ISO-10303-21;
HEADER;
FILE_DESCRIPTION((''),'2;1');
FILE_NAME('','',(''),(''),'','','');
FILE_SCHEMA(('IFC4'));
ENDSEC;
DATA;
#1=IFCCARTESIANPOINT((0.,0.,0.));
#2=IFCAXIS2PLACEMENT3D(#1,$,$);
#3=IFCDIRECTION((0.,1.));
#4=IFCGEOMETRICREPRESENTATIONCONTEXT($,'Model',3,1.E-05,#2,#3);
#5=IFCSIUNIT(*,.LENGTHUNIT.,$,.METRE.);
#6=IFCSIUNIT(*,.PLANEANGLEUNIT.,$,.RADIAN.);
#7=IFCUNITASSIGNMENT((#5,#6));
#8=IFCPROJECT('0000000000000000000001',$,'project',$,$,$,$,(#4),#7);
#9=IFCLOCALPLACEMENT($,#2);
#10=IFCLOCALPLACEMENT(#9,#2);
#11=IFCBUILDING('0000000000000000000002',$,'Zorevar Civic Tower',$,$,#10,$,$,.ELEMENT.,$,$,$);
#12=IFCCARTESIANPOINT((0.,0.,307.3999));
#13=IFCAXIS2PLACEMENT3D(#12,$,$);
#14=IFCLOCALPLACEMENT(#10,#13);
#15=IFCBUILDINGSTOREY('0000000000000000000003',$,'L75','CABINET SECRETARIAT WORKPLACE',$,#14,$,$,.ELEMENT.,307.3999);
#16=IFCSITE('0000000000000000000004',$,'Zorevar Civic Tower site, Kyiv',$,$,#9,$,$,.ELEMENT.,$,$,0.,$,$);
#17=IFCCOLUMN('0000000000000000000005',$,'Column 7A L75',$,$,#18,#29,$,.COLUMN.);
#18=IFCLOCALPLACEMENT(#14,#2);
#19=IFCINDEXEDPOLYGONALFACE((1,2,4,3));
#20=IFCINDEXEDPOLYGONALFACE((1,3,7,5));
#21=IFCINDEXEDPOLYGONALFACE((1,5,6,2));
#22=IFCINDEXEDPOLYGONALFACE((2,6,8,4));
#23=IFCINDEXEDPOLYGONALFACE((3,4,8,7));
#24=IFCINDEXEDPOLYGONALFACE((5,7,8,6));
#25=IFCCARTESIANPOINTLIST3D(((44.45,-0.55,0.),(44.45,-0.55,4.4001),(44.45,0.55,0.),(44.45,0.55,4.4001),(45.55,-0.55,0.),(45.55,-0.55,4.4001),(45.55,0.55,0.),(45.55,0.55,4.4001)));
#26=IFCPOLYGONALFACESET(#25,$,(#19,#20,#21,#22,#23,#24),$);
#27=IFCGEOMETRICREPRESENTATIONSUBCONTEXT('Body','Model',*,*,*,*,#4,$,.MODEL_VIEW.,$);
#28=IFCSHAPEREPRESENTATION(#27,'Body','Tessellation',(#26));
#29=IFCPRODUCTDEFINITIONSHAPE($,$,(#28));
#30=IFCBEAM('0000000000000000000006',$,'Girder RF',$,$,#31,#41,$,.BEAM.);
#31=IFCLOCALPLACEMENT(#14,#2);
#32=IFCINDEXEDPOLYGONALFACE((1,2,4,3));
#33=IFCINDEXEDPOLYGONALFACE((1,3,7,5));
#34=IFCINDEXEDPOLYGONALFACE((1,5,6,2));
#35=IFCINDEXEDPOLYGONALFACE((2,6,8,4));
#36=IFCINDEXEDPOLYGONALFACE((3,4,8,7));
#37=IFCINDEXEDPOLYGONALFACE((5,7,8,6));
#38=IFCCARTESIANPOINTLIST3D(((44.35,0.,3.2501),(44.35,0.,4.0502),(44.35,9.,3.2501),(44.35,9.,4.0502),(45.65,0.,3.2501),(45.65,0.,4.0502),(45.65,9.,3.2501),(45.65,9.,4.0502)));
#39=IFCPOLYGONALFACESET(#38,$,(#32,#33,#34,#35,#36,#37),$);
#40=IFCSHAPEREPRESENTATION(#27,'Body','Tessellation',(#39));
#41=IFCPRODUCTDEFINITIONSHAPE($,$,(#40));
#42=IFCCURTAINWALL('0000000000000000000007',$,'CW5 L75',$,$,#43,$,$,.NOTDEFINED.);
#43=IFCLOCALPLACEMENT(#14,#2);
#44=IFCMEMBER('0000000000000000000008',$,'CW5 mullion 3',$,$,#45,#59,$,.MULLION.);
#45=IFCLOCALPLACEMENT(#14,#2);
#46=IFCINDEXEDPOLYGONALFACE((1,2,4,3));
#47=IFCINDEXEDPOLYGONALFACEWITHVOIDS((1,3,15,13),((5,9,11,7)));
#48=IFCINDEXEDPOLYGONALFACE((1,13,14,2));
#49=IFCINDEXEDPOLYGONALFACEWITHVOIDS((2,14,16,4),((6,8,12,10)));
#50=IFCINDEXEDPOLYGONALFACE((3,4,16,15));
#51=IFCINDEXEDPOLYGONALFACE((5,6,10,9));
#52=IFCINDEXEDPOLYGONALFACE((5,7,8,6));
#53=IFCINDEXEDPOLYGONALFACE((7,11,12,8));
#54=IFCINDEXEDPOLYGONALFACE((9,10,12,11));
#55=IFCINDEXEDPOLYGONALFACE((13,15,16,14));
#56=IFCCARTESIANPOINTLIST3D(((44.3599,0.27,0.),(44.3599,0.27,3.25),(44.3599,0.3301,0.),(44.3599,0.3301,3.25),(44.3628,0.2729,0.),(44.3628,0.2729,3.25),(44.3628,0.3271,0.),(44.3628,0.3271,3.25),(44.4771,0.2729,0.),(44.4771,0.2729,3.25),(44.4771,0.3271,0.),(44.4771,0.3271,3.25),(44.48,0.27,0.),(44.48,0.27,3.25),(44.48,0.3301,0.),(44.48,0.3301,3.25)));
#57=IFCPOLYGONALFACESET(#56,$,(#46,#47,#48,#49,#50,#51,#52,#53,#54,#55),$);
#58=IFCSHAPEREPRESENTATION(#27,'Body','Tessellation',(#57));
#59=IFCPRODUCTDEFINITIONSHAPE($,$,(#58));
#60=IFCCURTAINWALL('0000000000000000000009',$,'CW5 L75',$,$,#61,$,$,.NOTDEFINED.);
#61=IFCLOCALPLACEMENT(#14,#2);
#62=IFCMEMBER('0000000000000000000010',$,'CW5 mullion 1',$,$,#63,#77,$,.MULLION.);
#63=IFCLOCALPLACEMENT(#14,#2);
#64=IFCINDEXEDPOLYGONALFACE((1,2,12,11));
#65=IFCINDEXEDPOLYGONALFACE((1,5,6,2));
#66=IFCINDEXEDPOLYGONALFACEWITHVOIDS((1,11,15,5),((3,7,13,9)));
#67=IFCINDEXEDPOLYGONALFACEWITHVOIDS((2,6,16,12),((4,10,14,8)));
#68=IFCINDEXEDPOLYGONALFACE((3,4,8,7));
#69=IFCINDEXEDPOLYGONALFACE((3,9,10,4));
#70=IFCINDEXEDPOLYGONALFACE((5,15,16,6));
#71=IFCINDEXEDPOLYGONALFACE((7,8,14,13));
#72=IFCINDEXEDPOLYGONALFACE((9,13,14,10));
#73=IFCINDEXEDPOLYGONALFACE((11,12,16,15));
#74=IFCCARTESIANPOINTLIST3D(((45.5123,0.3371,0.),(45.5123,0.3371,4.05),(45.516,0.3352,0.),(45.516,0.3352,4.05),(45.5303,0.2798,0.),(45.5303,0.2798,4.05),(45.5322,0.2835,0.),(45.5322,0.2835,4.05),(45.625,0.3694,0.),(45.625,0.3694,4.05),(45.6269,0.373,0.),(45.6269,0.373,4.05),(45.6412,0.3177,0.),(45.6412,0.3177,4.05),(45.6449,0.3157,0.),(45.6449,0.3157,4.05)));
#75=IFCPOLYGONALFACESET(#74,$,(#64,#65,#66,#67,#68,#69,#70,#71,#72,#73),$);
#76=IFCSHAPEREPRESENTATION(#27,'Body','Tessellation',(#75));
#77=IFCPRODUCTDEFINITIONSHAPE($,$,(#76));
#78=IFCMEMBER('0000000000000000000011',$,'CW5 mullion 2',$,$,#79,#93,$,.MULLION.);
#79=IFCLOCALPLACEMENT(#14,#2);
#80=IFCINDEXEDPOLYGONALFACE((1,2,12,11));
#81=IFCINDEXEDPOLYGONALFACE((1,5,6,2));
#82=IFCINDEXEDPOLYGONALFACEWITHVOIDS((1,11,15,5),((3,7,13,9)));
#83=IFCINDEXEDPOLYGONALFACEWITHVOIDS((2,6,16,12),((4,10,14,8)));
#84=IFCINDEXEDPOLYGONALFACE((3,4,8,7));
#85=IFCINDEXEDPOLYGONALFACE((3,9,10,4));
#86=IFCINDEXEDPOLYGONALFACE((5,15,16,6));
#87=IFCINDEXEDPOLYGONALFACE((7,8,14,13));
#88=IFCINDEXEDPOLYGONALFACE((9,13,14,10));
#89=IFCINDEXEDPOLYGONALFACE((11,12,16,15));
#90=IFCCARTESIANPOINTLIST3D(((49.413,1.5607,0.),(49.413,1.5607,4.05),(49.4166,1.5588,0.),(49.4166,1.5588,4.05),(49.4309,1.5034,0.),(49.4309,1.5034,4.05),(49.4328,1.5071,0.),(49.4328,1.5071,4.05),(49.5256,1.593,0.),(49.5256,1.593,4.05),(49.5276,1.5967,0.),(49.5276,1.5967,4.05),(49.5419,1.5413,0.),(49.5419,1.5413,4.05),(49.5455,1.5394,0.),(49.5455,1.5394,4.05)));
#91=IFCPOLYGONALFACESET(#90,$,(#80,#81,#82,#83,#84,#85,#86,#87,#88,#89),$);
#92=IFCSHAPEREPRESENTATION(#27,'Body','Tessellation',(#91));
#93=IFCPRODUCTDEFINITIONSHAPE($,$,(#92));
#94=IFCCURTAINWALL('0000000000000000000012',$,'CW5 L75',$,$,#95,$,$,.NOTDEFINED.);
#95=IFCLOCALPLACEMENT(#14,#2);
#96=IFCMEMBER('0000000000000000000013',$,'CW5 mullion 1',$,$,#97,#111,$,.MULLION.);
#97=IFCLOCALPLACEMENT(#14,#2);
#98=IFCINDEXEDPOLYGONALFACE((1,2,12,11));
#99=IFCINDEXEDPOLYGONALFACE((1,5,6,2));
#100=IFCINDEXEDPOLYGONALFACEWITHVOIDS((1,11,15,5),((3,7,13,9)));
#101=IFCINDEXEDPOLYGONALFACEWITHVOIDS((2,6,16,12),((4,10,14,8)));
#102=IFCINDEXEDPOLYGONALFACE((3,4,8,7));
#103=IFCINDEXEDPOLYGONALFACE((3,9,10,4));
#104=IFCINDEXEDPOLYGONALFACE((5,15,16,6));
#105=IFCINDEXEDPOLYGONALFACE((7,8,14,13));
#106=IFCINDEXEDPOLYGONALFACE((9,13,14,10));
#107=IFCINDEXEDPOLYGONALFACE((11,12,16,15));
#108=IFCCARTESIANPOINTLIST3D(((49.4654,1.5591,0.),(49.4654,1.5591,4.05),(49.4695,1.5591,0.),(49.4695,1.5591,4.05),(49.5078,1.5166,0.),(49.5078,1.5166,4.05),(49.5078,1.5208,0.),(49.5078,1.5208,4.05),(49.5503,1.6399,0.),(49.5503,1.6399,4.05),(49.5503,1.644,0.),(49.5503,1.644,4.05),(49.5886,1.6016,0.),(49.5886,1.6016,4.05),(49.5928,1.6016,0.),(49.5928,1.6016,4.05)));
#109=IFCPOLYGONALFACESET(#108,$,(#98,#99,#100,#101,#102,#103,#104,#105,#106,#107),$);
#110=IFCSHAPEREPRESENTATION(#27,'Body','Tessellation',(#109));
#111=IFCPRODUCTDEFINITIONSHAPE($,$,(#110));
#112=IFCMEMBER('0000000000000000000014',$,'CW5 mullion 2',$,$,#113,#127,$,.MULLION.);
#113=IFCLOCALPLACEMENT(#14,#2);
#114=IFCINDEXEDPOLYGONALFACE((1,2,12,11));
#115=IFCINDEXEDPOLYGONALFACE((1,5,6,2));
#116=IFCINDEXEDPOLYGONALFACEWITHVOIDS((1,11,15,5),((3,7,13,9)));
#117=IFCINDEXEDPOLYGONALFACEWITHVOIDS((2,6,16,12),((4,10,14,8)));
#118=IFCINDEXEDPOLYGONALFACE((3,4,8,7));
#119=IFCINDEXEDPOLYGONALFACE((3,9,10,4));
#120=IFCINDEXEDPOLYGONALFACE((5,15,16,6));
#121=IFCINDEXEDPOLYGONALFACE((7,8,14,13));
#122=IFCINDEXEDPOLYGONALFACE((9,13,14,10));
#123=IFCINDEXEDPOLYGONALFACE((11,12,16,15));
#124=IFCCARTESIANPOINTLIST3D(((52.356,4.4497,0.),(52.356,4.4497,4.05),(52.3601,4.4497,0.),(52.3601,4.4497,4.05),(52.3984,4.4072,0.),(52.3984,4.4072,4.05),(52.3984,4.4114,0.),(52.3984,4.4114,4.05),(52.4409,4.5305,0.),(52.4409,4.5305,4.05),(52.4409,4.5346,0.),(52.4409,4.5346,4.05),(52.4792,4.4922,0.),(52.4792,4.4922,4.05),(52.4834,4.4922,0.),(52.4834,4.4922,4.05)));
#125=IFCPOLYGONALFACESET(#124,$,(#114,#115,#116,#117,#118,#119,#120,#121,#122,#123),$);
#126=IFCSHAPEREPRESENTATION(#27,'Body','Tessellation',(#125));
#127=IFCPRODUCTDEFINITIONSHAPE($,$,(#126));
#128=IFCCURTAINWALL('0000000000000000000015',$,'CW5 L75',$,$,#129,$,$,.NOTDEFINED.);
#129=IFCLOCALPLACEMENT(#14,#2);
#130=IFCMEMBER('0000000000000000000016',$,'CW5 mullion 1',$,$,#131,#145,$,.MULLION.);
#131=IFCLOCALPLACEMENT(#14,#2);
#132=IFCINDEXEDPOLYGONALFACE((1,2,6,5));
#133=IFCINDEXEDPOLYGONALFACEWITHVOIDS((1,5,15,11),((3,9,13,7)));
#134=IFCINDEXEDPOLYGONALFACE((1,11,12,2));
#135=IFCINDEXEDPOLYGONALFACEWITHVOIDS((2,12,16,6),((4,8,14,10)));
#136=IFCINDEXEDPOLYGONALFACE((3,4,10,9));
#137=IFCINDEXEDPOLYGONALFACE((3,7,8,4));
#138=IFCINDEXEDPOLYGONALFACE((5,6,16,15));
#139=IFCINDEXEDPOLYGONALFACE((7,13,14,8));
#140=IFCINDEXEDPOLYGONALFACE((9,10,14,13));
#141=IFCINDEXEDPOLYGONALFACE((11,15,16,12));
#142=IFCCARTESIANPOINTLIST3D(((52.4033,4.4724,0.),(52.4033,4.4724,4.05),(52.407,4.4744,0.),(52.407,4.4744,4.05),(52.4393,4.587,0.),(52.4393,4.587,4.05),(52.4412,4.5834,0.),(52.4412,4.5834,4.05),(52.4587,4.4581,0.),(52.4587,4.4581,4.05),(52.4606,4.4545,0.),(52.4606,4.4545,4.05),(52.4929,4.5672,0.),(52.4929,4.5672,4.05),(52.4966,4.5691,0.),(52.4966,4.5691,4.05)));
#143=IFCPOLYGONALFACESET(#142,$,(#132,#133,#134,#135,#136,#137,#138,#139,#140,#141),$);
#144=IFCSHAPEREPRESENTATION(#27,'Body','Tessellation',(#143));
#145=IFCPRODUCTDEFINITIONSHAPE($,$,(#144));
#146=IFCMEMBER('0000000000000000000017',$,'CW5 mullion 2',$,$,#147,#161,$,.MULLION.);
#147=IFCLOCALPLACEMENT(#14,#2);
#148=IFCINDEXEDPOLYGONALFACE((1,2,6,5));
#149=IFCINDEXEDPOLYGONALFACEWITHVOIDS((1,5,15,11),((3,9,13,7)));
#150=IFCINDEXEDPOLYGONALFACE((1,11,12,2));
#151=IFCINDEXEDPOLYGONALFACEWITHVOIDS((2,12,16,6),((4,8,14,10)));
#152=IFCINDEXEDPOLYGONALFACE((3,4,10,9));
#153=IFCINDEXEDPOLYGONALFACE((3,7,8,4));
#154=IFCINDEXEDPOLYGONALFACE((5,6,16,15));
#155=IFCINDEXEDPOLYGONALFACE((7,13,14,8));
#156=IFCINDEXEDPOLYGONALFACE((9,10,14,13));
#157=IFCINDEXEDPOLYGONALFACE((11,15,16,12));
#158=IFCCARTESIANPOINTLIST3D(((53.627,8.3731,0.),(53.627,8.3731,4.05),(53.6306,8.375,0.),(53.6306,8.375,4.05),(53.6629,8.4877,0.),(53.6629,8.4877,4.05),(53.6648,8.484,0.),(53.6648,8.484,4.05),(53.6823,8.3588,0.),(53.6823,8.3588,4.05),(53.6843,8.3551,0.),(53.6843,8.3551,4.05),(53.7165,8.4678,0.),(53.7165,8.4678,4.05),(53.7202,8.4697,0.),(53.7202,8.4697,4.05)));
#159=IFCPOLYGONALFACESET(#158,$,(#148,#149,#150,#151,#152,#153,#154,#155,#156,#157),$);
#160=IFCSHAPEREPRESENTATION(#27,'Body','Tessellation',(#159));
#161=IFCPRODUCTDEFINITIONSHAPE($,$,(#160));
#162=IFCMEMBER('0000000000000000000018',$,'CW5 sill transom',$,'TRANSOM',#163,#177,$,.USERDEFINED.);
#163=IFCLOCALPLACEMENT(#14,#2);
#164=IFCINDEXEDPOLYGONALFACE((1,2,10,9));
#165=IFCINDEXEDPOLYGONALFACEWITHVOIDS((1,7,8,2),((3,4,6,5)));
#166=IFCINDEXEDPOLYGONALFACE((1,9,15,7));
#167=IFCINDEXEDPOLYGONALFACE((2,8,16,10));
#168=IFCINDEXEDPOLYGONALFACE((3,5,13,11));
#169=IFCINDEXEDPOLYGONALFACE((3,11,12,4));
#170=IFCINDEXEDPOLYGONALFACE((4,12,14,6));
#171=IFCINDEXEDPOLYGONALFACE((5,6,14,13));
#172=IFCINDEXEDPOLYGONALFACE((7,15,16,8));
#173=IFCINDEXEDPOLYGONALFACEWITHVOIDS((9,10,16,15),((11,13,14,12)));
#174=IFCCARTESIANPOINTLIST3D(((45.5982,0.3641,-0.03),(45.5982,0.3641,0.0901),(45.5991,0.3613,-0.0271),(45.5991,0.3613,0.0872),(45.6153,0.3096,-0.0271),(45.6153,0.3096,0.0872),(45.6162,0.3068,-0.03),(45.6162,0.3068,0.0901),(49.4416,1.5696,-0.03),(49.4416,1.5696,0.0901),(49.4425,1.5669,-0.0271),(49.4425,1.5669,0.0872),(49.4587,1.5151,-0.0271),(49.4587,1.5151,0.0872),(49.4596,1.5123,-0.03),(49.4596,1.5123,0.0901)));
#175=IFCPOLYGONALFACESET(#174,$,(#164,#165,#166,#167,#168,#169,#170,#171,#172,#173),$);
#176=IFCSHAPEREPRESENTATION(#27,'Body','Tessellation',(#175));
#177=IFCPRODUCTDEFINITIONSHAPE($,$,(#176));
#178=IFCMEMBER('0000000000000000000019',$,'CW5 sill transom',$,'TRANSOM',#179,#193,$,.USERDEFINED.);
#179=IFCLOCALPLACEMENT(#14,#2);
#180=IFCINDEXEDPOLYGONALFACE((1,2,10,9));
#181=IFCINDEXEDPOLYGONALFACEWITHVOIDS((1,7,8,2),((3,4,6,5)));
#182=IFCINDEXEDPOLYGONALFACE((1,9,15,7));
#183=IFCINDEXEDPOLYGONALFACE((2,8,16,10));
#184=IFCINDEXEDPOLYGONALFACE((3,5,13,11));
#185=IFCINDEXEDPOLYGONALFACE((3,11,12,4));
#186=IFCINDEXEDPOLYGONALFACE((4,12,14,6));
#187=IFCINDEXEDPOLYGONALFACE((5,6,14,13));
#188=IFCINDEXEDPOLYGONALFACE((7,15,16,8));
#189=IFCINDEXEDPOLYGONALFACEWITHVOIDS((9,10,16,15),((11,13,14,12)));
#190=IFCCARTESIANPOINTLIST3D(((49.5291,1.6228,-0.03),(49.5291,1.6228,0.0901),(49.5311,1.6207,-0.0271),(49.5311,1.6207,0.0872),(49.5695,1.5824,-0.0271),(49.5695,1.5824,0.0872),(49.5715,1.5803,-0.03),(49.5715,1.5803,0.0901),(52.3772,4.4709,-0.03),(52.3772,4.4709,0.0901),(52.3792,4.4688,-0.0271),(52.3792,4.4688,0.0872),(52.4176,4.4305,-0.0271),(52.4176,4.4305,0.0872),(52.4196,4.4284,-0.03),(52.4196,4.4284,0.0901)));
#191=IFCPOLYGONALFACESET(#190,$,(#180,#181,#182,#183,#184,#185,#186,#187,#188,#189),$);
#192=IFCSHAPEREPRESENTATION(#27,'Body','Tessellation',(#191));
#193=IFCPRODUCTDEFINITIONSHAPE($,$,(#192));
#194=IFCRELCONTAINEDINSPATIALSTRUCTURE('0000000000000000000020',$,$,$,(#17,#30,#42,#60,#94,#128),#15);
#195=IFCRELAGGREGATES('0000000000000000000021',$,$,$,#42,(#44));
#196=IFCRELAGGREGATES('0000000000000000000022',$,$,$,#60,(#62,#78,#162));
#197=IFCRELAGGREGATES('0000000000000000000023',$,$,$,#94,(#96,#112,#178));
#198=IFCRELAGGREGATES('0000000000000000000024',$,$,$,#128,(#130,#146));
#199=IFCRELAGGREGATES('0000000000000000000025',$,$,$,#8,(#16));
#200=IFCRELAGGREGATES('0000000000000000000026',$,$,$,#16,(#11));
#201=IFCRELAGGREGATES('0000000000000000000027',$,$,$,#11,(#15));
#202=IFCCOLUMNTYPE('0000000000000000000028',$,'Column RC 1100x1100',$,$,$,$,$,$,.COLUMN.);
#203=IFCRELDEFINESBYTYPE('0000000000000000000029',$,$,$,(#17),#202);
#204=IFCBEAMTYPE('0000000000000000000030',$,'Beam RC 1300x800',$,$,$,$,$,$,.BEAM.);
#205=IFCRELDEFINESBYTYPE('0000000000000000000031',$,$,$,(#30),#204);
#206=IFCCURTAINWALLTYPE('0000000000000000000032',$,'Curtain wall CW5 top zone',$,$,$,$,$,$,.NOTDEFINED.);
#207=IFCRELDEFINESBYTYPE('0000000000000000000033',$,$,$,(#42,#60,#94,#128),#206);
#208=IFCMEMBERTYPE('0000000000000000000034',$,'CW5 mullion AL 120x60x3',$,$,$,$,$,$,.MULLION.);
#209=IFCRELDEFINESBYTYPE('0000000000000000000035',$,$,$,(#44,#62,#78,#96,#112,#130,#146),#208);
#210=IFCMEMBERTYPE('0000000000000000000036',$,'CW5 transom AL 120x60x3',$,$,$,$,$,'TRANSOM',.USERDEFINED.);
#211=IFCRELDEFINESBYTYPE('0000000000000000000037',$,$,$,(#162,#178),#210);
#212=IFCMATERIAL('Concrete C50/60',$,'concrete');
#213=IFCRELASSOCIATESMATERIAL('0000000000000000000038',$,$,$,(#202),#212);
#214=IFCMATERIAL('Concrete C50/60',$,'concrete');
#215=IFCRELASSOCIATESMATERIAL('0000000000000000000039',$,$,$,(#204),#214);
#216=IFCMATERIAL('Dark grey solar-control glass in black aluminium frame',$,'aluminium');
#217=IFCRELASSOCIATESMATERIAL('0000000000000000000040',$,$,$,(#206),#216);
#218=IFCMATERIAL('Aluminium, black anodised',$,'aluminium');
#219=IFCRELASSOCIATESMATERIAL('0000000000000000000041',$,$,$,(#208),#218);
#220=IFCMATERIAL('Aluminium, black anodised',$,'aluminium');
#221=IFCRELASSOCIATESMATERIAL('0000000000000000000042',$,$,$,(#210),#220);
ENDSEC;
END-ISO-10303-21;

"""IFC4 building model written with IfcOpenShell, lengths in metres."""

from ifc_helpers import new_model, si_unit, direction, frame, origin, origin_2d, place, context, subcontext, project, spatial, rectangle, hollow_rectangle, extrude, material, material_profile, profile_set, type_object, element, aggregate, save


model = new_model("IFC4")

# Units and contexts
model_context = context("Model", 3, precision=1e-05, world=origin(), true_north=direction((0.0, 1.0)))
body_context = subcontext(model_context, "Body", "Model", "MODEL_VIEW")
ifc_project = project(units=[si_unit("LENGTHUNIT", "METRE"), si_unit("PLANEANGLEUNIT", "RADIAN")], contexts=[model_context])

# Site, building, storey
site_placement = place(None, origin())
site = spatial("IfcSite", under=ifc_project, at=site_placement, Name="Zorevar Civic Tower site, Kyiv", CompositionType="ELEMENT", RefElevation=0.0)
building_placement = place(site_placement, origin())
building = spatial("IfcBuilding", under=site, at=building_placement, Name="Zorevar Civic Tower", CompositionType="ELEMENT")
storey_placement = place(building_placement, frame((0.0, 0.0, 307.3999)))
storey = spatial("IfcBuildingStorey", under=building, at=storey_placement, Name="L75", Description="CABINET SECRETARIAT WORKPLACE", CompositionType="ELEMENT", Elevation=307.3999)

# Column
ifc_material_1 = material(Name="Concrete C50/60", Category="concrete")
ifc_material_profile_1 = material_profile(ifc_material_1, rectangle(XDim=1.1001, YDim=1.1001, at=origin_2d()), Name="RC 1100x1100")
ifc_profile_set_1 = profile_set([ifc_material_profile_1], Name="Concrete C50/60")
column_type = type_object("IfcColumnType", Name="Column RC 1100x1100", PredefinedType="COLUMN", material=ifc_profile_set_1)
column_placement = place(storey_placement, frame((45.0, 0.0, 0.0), z_axis=(0.0, 0.0, 1.0), x_axis=(1.0, 0.0, 0.0)))
element("IfcColumn", 1, at=column_placement, inside=storey, type_object=column_type, Name="Column 7A L75", PredefinedType="COLUMN", context=body_context, shape_type="SweptSolid", body=[
    extrude(rectangle(XDim=1.1001, YDim=1.1001, at=origin_2d()), origin(), (0.0, 0.0, 1.0), 4.4001),
])

# Beam
ifc_material_2 = material(Name="Concrete C50/60", Category="concrete")
ifc_material_profile_2 = material_profile(ifc_material_2, rectangle(XDim=1.3, YDim=0.8, at=origin_2d()), Name="RC 1300x800")
ifc_profile_set_2 = profile_set([ifc_material_profile_2], Name="Concrete C50/60")
beam_type_1 = type_object("IfcBeamType", Name="Beam RC 1300x800", PredefinedType="BEAM", material=ifc_profile_set_2)
beam_1_placement = place(storey_placement, frame((45.0, 0.0, 3.6501), z_axis=(0.0, 1.0, 0.0), x_axis=(-1.0, 0.0, 0.0)))
element("IfcBeam", 2, at=beam_1_placement, inside=storey, type_object=beam_type_1, Name="Girder RF", PredefinedType="BEAM", context=body_context, shape_type="SweptSolid", body=[
    extrude(rectangle(XDim=1.3, YDim=0.8, at=origin_2d()), origin(), (0.0, 0.0, 1.0), 9.0),
])

# Curtain wall, member
ifc_material_3 = material(Name="Dark grey solar-control glass in black aluminium frame", Category="aluminium")
curtain_wall_type = type_object("IfcCurtainWallType", Name="Curtain wall CW5 top zone", PredefinedType="NOTDEFINED", material=ifc_material_3)
curtain_wall_1_placement = place(storey_placement, origin())
curtain_wall_1 = element("IfcCurtainWall", 3, at=curtain_wall_1_placement, inside=storey, type_object=curtain_wall_type, Name="CW5 L75", PredefinedType="NOTDEFINED")
ifc_material_4 = material(Name="Aluminium, black anodised", Category="aluminium")
ifc_material_profile_3 = material_profile(ifc_material_4, hollow_rectangle(XDim=0.0601, YDim=0.1201, WallThickness=0.0029, at=origin_2d()), Name="AL 120x60x3")
ifc_profile_set_3 = profile_set([ifc_material_profile_3], Name="Aluminium, black anodised")
member_type_1 = type_object("IfcMemberType", Name="CW5 mullion AL 120x60x3", PredefinedType="MULLION", material=ifc_profile_set_3)
member_1_placement = place(storey_placement, frame((44.4199, 0.3, 0.0), z_axis=(0.0, 0.0, 1.0), x_axis=(0.0, 1.0, 0.0)))
member_1 = element("IfcMember", 4, at=member_1_placement, type_object=member_type_1, Name="CW5 mullion 3", PredefinedType="MULLION", context=body_context, shape_type="SweptSolid", body=[
    extrude(hollow_rectangle(XDim=0.0601, YDim=0.1201, WallThickness=0.0029, at=origin_2d()), origin(), (0.0, 0.0, 1.0), 3.25),
])

# Curtain walls, members
curtain_wall_2_placement = place(storey_placement, origin())
curtain_wall_2 = element("IfcCurtainWall", 5, at=curtain_wall_2_placement, inside=storey, type_object=curtain_wall_type, Name="CW5 L75", PredefinedType="NOTDEFINED")
member_2_placement = place(storey_placement, frame((45.5786, 0.3264, 0.0), z_axis=(0.0, 0.0, 1.0), x_axis=(-0.299318, 0.954153, 0.0)))
member_2 = element("IfcMember", 6, at=member_2_placement, type_object=member_type_1, Name="CW5 mullion 1", PredefinedType="MULLION", context=body_context, shape_type="SweptSolid", body=[
    extrude(hollow_rectangle(XDim=0.0601, YDim=0.1201, WallThickness=0.0029, at=origin_2d()), origin(), (0.0, 0.0, 1.0), 4.05),
])
member_3_placement = place(storey_placement, frame((49.4792, 1.55, 0.0), z_axis=(0.0, 0.0, 1.0), x_axis=(-0.299318, 0.954153, 0.0)))
member_3 = element("IfcMember", 7, at=member_3_placement, type_object=member_type_1, Name="CW5 mullion 2", PredefinedType="MULLION", context=body_context, shape_type="SweptSolid", body=[
    extrude(hollow_rectangle(XDim=0.0601, YDim=0.1201, WallThickness=0.0029, at=origin_2d()), origin(), (0.0, 0.0, 1.0), 4.05),
])
curtain_wall_3_placement = place(storey_placement, origin())
curtain_wall_3 = element("IfcCurtainWall", 8, at=curtain_wall_3_placement, inside=storey, type_object=curtain_wall_type, Name="CW5 L75", PredefinedType="NOTDEFINED")
member_4_placement = place(storey_placement, frame((49.5291, 1.5803, 0.0), z_axis=(0.0, 0.0, 1.0), x_axis=(-0.707107, 0.707107, 0.0)))
member_4 = element("IfcMember", 9, at=member_4_placement, type_object=member_type_1, Name="CW5 mullion 1", PredefinedType="MULLION", context=body_context, shape_type="SweptSolid", body=[
    extrude(hollow_rectangle(XDim=0.0601, YDim=0.1201, WallThickness=0.0029, at=origin_2d()), origin(), (0.0, 0.0, 1.0), 4.05),
])
member_5_placement = place(storey_placement, frame((52.4197, 4.4709, 0.0), z_axis=(0.0, 0.0, 1.0), x_axis=(-0.707107, 0.707107, 0.0)))
member_5 = element("IfcMember", 10, at=member_5_placement, type_object=member_type_1, Name="CW5 mullion 2", PredefinedType="MULLION", context=body_context, shape_type="SweptSolid", body=[
    extrude(hollow_rectangle(XDim=0.0601, YDim=0.1201, WallThickness=0.0029, at=origin_2d()), origin(), (0.0, 0.0, 1.0), 4.05),
])
curtain_wall_4_placement = place(storey_placement, origin())
curtain_wall_4 = element("IfcCurtainWall", 11, at=curtain_wall_4_placement, inside=storey, type_object=curtain_wall_type, Name="CW5 L75", PredefinedType="NOTDEFINED")
member_6_placement = place(storey_placement, frame((52.45, 4.5208, 0.0), z_axis=(0.0, 0.0, 1.0), x_axis=(-0.954153, 0.299318, 0.0)))
member_6 = element("IfcMember", 12, at=member_6_placement, type_object=member_type_1, Name="CW5 mullion 1", PredefinedType="MULLION", context=body_context, shape_type="SweptSolid", body=[
    extrude(hollow_rectangle(XDim=0.0601, YDim=0.1201, WallThickness=0.0029, at=origin_2d()), origin(), (0.0, 0.0, 1.0), 4.05),
])
member_7_placement = place(storey_placement, frame((53.6736, 8.4214, 0.0), z_axis=(0.0, 0.0, 1.0), x_axis=(-0.954153, 0.299318, 0.0)))
member_7 = element("IfcMember", 13, at=member_7_placement, type_object=member_type_1, Name="CW5 mullion 2", PredefinedType="MULLION", context=body_context, shape_type="SweptSolid", body=[
    extrude(hollow_rectangle(XDim=0.0601, YDim=0.1201, WallThickness=0.0029, at=origin_2d()), origin(), (0.0, 0.0, 1.0), 4.05),
])

# Members
ifc_material_5 = material(Name="Aluminium, black anodised", Category="aluminium")
ifc_material_profile_4 = material_profile(ifc_material_5, hollow_rectangle(XDim=0.0601, YDim=0.1201, WallThickness=0.0029, at=origin_2d()), Name="AL 120x60x3")
ifc_profile_set_4 = profile_set([ifc_material_profile_4], Name="Aluminium, black anodised")
member_type_2 = type_object("IfcMemberType", Name="CW5 transom AL 120x60x3", ElementType="TRANSOM", PredefinedType="USERDEFINED", material=ifc_profile_set_4)
member_8_placement = place(storey_placement, frame((45.6072, 0.3354, 0.03), z_axis=(0.954163, 0.299286, 0.0), x_axis=(-0.299286, 0.954163, 0.0)))
member_8 = element("IfcMember", 14, at=member_8_placement, type_object=member_type_2, Name="CW5 sill transom", ObjectType="TRANSOM", PredefinedType="USERDEFINED", context=body_context, shape_type="SweptSolid", body=[
    extrude(hollow_rectangle(XDim=0.0601, YDim=0.1201, WallThickness=0.0029, at=origin_2d()), origin(), (0.0, 0.0, 1.0), 4.0281),
])
member_9_placement = place(storey_placement, frame((49.5503, 1.6016, 0.03), z_axis=(0.707107, 0.707107, 0.0), x_axis=(-0.707107, 0.707107, 0.0)))
member_9 = element("IfcMember", 15, at=member_9_placement, type_object=member_type_2, Name="CW5 sill transom", ObjectType="TRANSOM", PredefinedType="USERDEFINED", context=body_context, shape_type="SweptSolid", body=[
    extrude(hollow_rectangle(XDim=0.0601, YDim=0.1201, WallThickness=0.0029, at=origin_2d()), origin(), (0.0, 0.0, 1.0), 4.0278),
])

aggregate(curtain_wall_1, [member_1])
aggregate(curtain_wall_2, [member_2, member_3, member_8])
aggregate(curtain_wall_3, [member_4, member_5, member_9])
aggregate(curtain_wall_4, [member_6, member_7])

save(model, "model.ifc")
